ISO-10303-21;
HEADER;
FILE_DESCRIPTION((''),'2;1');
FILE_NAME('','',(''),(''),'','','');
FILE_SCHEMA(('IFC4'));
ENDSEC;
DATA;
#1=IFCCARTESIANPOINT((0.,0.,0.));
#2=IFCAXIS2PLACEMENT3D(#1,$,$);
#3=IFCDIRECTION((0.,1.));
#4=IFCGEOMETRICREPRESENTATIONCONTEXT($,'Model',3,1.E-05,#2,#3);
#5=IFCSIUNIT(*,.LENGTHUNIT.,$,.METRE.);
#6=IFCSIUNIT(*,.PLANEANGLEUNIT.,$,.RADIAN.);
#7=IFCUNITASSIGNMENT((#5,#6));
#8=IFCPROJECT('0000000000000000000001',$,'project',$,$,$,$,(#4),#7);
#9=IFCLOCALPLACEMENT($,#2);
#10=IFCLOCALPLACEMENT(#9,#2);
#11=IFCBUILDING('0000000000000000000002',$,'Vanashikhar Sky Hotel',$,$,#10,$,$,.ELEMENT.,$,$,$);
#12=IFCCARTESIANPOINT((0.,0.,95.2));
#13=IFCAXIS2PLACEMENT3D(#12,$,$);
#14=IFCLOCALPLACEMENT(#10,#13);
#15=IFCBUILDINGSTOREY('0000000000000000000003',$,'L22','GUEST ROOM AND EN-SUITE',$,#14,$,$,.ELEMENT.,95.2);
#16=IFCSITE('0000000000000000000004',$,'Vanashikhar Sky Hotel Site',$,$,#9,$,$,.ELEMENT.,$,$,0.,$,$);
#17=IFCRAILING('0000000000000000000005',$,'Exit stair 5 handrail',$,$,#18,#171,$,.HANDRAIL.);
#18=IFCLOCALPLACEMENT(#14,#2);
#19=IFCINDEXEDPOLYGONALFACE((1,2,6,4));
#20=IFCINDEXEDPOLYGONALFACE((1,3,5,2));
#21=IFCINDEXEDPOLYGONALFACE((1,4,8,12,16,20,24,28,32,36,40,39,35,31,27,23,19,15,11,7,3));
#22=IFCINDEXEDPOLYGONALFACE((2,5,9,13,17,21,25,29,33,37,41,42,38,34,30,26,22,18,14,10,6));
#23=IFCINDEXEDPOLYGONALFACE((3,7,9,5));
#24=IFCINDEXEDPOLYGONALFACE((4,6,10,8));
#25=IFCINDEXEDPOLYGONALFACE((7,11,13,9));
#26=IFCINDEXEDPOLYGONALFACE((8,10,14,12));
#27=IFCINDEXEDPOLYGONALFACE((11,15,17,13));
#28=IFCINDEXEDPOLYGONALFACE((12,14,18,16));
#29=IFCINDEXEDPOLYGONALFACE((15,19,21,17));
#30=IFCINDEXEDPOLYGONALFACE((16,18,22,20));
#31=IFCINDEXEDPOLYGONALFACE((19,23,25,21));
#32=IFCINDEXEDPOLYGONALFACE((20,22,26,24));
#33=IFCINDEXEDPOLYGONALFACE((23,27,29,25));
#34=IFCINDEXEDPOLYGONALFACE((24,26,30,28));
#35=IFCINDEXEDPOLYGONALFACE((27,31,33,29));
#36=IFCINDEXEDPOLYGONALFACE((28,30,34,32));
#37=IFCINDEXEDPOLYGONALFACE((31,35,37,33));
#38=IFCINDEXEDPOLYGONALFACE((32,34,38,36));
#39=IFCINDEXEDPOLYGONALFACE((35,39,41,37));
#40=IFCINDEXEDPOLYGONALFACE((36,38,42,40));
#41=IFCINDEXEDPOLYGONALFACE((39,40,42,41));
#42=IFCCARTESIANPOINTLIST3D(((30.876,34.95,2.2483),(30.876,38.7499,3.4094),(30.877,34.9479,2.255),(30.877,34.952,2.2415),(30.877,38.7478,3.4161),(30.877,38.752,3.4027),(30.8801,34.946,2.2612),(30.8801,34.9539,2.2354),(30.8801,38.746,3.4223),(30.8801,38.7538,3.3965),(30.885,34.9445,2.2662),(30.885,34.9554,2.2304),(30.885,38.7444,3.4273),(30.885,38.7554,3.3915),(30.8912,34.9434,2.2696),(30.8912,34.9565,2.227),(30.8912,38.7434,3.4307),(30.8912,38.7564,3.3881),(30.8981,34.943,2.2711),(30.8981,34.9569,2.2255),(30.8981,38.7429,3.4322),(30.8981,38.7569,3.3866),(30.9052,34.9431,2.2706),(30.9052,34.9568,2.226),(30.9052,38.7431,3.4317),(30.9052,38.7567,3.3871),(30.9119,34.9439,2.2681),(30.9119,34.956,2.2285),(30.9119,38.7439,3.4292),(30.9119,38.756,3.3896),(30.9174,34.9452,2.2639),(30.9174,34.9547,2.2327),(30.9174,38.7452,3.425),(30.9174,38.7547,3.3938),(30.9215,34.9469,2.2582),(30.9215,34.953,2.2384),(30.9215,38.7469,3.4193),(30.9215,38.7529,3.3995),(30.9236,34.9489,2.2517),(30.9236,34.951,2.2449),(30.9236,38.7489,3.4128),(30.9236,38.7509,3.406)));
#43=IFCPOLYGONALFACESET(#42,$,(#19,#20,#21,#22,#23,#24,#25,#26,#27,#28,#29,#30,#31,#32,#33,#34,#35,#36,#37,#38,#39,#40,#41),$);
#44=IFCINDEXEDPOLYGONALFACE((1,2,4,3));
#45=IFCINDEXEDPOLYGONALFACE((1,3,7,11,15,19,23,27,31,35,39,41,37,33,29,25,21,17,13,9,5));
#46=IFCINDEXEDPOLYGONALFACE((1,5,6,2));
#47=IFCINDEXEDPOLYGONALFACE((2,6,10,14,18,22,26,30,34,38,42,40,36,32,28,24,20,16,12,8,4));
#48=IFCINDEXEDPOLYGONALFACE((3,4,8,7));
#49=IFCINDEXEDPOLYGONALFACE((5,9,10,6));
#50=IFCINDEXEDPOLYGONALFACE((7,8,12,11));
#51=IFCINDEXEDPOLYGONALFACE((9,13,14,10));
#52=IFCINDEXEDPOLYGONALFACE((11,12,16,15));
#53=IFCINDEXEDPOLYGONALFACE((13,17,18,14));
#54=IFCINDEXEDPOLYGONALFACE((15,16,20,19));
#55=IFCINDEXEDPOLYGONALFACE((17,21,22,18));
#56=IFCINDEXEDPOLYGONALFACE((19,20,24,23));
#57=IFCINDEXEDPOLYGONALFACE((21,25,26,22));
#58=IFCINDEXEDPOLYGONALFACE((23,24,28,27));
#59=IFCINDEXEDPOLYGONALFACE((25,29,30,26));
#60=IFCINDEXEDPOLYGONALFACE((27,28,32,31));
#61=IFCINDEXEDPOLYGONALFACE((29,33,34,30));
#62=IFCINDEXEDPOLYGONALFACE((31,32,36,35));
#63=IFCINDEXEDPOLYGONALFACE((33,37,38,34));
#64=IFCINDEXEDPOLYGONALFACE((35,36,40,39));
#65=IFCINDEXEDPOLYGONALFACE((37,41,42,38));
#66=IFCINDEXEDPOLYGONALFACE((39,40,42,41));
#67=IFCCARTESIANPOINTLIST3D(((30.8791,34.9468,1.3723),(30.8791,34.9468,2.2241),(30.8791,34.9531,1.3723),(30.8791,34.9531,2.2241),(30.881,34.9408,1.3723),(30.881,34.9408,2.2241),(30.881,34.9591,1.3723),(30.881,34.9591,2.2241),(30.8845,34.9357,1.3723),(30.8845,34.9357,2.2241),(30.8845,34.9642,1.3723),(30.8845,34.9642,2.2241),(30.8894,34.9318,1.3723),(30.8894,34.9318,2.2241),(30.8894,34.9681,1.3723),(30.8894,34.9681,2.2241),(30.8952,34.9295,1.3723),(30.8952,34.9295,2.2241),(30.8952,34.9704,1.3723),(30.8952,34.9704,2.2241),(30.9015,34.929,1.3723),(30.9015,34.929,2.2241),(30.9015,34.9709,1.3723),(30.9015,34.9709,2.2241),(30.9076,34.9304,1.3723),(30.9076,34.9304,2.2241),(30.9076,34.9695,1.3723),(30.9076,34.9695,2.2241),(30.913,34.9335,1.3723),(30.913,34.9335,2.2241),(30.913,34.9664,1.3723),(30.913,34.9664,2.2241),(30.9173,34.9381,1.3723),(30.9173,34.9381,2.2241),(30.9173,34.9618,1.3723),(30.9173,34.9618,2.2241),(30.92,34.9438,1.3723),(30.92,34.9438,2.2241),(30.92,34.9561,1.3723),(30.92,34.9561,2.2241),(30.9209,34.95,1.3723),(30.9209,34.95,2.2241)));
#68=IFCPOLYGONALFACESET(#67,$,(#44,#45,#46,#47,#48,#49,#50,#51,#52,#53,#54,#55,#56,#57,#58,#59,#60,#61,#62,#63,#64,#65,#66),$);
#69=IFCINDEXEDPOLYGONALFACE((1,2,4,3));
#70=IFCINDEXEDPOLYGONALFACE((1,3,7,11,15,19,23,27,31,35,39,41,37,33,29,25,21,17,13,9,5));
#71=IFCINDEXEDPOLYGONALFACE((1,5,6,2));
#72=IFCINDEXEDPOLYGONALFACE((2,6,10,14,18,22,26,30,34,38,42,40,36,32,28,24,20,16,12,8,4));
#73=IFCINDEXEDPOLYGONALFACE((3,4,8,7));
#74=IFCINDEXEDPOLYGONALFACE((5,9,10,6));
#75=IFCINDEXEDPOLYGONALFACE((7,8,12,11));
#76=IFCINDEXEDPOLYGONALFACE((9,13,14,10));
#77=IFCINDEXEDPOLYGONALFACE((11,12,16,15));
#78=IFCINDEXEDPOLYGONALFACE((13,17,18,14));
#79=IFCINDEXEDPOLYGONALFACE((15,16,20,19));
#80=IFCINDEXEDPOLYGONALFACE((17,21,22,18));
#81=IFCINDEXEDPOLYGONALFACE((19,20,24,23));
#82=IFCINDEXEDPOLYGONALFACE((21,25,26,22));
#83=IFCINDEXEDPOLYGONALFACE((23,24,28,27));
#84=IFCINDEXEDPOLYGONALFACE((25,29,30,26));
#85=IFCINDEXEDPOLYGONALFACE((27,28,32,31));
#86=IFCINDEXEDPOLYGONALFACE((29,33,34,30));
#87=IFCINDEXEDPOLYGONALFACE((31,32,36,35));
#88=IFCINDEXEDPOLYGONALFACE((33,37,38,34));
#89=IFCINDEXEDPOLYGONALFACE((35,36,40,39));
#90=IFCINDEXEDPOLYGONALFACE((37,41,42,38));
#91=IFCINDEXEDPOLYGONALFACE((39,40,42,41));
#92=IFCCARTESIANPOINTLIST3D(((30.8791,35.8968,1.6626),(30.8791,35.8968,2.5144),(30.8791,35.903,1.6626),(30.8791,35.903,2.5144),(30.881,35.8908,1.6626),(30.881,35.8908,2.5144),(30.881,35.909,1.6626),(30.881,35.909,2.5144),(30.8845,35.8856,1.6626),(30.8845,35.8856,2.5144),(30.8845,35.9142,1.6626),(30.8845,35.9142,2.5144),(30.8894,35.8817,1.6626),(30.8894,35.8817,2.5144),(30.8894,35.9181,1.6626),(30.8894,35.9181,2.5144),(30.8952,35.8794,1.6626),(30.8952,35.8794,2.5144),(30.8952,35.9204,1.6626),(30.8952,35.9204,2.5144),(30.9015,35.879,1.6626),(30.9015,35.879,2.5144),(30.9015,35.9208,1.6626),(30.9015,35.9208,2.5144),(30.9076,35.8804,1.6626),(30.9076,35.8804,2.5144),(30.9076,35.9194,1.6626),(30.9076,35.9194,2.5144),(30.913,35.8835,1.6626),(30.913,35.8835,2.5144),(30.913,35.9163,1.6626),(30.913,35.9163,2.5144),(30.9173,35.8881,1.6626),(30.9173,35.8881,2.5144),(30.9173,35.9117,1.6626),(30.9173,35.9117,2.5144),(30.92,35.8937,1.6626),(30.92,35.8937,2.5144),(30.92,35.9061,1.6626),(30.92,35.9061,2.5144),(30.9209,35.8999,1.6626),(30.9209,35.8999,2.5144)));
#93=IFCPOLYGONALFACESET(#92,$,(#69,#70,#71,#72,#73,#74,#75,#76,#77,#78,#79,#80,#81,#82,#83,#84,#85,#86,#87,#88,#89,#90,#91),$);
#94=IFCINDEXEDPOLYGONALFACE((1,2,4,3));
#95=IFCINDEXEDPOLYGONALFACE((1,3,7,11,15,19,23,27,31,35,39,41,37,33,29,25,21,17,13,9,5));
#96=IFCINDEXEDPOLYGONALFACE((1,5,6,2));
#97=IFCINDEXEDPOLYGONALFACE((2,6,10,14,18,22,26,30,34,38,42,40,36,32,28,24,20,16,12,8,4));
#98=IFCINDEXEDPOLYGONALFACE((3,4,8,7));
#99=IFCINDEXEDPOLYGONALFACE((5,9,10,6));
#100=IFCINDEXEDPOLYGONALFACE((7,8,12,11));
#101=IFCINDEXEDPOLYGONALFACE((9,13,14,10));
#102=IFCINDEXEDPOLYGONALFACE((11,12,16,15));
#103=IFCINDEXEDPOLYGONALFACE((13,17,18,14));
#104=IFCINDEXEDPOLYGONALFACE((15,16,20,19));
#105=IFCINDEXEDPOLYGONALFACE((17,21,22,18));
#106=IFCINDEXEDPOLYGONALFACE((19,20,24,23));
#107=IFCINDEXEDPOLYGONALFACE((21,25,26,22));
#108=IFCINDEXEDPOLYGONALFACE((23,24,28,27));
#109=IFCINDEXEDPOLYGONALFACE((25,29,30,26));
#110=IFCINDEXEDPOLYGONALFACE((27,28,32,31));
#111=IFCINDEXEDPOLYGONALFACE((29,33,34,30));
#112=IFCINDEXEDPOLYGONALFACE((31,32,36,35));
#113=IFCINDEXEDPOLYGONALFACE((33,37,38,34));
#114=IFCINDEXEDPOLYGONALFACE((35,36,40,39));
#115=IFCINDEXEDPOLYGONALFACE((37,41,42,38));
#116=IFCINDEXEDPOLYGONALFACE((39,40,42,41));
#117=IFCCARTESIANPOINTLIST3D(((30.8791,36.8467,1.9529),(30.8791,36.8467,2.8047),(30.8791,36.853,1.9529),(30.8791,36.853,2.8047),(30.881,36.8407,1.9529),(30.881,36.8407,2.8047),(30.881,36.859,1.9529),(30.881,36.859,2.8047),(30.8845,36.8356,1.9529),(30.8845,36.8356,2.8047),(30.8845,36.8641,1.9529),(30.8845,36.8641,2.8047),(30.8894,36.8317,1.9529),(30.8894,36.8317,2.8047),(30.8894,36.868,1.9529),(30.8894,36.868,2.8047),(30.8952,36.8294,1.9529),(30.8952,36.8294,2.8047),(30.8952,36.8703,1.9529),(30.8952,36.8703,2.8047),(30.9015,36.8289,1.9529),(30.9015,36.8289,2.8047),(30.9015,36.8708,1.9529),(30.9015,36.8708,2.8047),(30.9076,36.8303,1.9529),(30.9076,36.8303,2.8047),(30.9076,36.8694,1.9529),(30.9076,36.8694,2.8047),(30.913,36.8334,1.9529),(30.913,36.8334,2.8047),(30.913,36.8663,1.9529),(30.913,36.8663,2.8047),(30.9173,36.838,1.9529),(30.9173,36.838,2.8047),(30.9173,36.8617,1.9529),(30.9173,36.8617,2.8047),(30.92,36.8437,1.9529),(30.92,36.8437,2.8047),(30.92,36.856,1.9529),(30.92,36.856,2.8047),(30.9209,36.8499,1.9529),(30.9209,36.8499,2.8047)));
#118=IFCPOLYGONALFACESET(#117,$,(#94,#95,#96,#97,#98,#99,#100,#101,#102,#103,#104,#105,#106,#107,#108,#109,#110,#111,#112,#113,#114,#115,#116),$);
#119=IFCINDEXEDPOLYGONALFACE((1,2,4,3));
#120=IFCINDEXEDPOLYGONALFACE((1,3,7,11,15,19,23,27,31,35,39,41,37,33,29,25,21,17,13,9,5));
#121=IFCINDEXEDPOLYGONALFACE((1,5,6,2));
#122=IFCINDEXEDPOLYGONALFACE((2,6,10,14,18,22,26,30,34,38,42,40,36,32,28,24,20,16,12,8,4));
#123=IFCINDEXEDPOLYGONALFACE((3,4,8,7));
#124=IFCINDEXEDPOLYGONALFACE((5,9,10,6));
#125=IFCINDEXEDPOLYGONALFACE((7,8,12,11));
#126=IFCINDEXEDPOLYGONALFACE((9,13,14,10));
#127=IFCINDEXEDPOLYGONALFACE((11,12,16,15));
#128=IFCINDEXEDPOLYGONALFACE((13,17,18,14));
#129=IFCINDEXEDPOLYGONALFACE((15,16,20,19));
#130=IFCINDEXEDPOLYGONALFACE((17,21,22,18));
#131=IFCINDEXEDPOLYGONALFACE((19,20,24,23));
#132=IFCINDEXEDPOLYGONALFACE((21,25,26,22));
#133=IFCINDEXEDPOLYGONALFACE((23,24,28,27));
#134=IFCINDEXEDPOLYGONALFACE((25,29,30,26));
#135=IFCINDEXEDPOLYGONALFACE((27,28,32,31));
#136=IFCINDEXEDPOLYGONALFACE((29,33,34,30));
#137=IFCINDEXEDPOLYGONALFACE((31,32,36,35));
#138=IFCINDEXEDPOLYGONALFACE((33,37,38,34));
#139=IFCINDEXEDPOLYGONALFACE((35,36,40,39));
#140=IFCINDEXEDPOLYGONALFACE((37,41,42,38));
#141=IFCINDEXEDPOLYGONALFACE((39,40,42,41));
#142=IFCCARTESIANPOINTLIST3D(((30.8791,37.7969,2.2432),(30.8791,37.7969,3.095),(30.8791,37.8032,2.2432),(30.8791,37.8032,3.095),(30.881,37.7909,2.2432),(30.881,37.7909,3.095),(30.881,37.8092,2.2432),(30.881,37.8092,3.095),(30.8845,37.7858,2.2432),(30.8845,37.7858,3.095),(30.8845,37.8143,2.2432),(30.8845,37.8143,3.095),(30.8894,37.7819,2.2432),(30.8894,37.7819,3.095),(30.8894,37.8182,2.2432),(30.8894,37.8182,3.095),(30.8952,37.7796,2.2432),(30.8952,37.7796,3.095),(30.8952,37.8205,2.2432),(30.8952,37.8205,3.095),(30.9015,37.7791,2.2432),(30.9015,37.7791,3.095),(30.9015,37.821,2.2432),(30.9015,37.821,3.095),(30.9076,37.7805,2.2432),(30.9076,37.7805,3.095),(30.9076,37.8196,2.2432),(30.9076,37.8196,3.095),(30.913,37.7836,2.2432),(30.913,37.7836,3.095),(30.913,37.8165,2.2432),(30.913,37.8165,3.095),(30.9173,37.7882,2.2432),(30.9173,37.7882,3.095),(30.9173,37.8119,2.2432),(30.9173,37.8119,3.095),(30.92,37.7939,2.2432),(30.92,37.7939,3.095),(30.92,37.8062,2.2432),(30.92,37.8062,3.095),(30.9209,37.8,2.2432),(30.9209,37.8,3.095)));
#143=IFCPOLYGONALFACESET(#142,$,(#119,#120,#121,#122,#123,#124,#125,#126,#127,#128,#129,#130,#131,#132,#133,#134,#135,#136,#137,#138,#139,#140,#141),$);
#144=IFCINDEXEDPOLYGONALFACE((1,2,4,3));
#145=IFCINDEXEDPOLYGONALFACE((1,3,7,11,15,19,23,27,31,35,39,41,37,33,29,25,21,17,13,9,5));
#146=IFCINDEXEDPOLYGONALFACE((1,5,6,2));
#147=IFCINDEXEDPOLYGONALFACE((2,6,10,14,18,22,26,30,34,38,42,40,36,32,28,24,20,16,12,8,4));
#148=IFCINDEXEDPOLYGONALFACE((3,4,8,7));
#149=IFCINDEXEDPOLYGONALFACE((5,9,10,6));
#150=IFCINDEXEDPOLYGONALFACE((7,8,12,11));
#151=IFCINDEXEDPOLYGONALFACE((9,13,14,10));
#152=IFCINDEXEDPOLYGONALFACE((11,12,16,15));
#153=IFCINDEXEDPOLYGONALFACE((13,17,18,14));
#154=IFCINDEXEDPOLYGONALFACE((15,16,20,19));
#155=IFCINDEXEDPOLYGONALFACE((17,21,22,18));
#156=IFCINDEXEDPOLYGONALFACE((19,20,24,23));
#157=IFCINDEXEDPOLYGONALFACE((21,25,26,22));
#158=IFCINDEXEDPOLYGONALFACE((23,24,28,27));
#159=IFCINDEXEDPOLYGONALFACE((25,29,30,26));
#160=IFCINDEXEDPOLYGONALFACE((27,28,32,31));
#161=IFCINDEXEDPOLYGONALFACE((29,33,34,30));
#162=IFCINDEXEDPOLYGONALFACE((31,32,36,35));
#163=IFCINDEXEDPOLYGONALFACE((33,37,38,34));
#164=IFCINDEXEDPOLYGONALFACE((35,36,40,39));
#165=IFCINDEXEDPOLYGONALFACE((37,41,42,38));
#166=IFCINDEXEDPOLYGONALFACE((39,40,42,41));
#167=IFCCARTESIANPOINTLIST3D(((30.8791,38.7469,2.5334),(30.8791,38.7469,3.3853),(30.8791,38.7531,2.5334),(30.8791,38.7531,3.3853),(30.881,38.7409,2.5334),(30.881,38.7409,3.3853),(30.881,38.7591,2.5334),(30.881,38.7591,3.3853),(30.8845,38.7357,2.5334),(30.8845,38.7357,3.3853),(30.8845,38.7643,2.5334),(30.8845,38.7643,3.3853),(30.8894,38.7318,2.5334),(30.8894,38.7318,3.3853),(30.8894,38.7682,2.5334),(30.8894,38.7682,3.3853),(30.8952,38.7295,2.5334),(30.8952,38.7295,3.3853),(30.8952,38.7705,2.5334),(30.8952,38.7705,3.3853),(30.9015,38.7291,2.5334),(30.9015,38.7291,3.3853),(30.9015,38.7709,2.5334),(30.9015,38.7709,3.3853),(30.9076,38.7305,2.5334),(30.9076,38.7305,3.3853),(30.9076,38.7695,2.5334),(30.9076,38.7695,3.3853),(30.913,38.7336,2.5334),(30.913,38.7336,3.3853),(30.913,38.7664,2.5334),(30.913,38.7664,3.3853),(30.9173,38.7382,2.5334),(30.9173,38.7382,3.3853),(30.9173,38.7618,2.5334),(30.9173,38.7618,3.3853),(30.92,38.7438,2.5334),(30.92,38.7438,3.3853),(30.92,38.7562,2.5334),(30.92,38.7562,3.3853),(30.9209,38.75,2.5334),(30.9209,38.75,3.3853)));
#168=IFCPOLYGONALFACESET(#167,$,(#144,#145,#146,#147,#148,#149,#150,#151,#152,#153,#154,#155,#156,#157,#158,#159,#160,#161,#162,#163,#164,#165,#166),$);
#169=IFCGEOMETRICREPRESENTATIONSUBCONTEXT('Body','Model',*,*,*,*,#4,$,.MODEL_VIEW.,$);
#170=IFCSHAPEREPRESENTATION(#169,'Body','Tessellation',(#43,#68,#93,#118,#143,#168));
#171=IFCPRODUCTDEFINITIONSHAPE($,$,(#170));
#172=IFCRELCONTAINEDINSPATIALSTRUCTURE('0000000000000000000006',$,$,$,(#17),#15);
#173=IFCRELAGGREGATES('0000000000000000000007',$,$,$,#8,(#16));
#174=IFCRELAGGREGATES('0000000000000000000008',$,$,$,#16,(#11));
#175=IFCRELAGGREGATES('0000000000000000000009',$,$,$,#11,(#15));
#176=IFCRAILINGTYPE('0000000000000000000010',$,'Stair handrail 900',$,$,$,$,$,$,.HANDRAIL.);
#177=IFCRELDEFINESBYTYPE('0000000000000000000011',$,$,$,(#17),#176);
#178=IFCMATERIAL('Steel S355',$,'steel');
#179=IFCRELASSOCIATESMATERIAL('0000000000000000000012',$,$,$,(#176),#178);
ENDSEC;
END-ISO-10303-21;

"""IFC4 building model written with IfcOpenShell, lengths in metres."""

from ifc_helpers import new_model, si_unit, direction, frame, origin, origin_2d, place, context, subcontext, project, spatial, circle, extrude, source, transform, mapped, material, type_object, element, save


model = new_model("IFC4")

# Units and contexts
model_context = context("Model", 3, precision=1e-05, world=origin(), true_north=direction((0.0, 1.0)))
body_context = subcontext(model_context, "Body", "Model", "MODEL_VIEW")
ifc_project = project(units=[si_unit("LENGTHUNIT", "METRE"), si_unit("PLANEANGLEUNIT", "RADIAN")], contexts=[model_context])

# Site, building, storey
site_placement = place(None, origin())
site = spatial("IfcSite", under=ifc_project, at=site_placement, Name="Vanashikhar Sky Hotel Site", CompositionType="ELEMENT", RefElevation=0.0)
building_placement = place(site_placement, origin())
building = spatial("IfcBuilding", under=site, at=building_placement, Name="Vanashikhar Sky Hotel", CompositionType="ELEMENT")
storey_placement = place(building_placement, frame((0.0, 0.0, 95.2)))
storey = spatial("IfcBuildingStorey", under=building, at=storey_placement, Name="L22", Description="GUEST ROOM AND EN-SUITE", CompositionType="ELEMENT", Elevation=95.2)

# Railing
ifc_material_1 = material(Name="Steel S355", Category="steel")
railing_type_1 = type_object("IfcRailingType", Name="Stair handrail 900", PredefinedType="HANDRAIL", material=ifc_material_1)
shared_shape_1 = source(origin(), body_context, "Body", "SweptSolid", [
    extrude(circle(Radius=0.0239, at=origin_2d()), frame((0.0, 0.0, 0.876), z_axis=(0.0, 0.956351, 0.29222), x_axis=(-1.0, 0.0, 0.0)), (0.0, 0.0, 1.0), 3.9734),
    extrude(circle(Radius=0.021, at=origin_2d()), origin(), (0.0, 0.0, 1.0), 0.8518),
    extrude(circle(Radius=0.021, at=origin_2d()), frame((0.0, 0.95, 0.2903)), (0.0, 0.0, 1.0), 0.8518),
    extrude(circle(Radius=0.021, at=origin_2d()), frame((0.0, 1.8999, 0.5806)), (0.0, 0.0, 1.0), 0.8518),
    extrude(circle(Radius=0.021, at=origin_2d()), frame((0.0, 2.8501, 0.8708)), (0.0, 0.0, 1.0), 0.8518),
    extrude(circle(Radius=0.021, at=origin_2d()), frame((0.0, 3.8, 1.1611)), (0.0, 0.0, 1.0), 0.8518),
])
for number, where, name in (
    (1, (30.8999, 34.95, 1.3723), "Exit stair 5 handrail"),
):
    element("IfcRailing", number, at=place(storey_placement, frame(where)), inside=storey, type_object=railing_type_1, Name=name, PredefinedType="HANDRAIL", context=body_context, shape_type="MappedRepresentation", body=[
        mapped(shared_shape_1, transform((0.0, 0.0, 0.0), scale=1.0)),
    ])

save(model, "model.ifc")
